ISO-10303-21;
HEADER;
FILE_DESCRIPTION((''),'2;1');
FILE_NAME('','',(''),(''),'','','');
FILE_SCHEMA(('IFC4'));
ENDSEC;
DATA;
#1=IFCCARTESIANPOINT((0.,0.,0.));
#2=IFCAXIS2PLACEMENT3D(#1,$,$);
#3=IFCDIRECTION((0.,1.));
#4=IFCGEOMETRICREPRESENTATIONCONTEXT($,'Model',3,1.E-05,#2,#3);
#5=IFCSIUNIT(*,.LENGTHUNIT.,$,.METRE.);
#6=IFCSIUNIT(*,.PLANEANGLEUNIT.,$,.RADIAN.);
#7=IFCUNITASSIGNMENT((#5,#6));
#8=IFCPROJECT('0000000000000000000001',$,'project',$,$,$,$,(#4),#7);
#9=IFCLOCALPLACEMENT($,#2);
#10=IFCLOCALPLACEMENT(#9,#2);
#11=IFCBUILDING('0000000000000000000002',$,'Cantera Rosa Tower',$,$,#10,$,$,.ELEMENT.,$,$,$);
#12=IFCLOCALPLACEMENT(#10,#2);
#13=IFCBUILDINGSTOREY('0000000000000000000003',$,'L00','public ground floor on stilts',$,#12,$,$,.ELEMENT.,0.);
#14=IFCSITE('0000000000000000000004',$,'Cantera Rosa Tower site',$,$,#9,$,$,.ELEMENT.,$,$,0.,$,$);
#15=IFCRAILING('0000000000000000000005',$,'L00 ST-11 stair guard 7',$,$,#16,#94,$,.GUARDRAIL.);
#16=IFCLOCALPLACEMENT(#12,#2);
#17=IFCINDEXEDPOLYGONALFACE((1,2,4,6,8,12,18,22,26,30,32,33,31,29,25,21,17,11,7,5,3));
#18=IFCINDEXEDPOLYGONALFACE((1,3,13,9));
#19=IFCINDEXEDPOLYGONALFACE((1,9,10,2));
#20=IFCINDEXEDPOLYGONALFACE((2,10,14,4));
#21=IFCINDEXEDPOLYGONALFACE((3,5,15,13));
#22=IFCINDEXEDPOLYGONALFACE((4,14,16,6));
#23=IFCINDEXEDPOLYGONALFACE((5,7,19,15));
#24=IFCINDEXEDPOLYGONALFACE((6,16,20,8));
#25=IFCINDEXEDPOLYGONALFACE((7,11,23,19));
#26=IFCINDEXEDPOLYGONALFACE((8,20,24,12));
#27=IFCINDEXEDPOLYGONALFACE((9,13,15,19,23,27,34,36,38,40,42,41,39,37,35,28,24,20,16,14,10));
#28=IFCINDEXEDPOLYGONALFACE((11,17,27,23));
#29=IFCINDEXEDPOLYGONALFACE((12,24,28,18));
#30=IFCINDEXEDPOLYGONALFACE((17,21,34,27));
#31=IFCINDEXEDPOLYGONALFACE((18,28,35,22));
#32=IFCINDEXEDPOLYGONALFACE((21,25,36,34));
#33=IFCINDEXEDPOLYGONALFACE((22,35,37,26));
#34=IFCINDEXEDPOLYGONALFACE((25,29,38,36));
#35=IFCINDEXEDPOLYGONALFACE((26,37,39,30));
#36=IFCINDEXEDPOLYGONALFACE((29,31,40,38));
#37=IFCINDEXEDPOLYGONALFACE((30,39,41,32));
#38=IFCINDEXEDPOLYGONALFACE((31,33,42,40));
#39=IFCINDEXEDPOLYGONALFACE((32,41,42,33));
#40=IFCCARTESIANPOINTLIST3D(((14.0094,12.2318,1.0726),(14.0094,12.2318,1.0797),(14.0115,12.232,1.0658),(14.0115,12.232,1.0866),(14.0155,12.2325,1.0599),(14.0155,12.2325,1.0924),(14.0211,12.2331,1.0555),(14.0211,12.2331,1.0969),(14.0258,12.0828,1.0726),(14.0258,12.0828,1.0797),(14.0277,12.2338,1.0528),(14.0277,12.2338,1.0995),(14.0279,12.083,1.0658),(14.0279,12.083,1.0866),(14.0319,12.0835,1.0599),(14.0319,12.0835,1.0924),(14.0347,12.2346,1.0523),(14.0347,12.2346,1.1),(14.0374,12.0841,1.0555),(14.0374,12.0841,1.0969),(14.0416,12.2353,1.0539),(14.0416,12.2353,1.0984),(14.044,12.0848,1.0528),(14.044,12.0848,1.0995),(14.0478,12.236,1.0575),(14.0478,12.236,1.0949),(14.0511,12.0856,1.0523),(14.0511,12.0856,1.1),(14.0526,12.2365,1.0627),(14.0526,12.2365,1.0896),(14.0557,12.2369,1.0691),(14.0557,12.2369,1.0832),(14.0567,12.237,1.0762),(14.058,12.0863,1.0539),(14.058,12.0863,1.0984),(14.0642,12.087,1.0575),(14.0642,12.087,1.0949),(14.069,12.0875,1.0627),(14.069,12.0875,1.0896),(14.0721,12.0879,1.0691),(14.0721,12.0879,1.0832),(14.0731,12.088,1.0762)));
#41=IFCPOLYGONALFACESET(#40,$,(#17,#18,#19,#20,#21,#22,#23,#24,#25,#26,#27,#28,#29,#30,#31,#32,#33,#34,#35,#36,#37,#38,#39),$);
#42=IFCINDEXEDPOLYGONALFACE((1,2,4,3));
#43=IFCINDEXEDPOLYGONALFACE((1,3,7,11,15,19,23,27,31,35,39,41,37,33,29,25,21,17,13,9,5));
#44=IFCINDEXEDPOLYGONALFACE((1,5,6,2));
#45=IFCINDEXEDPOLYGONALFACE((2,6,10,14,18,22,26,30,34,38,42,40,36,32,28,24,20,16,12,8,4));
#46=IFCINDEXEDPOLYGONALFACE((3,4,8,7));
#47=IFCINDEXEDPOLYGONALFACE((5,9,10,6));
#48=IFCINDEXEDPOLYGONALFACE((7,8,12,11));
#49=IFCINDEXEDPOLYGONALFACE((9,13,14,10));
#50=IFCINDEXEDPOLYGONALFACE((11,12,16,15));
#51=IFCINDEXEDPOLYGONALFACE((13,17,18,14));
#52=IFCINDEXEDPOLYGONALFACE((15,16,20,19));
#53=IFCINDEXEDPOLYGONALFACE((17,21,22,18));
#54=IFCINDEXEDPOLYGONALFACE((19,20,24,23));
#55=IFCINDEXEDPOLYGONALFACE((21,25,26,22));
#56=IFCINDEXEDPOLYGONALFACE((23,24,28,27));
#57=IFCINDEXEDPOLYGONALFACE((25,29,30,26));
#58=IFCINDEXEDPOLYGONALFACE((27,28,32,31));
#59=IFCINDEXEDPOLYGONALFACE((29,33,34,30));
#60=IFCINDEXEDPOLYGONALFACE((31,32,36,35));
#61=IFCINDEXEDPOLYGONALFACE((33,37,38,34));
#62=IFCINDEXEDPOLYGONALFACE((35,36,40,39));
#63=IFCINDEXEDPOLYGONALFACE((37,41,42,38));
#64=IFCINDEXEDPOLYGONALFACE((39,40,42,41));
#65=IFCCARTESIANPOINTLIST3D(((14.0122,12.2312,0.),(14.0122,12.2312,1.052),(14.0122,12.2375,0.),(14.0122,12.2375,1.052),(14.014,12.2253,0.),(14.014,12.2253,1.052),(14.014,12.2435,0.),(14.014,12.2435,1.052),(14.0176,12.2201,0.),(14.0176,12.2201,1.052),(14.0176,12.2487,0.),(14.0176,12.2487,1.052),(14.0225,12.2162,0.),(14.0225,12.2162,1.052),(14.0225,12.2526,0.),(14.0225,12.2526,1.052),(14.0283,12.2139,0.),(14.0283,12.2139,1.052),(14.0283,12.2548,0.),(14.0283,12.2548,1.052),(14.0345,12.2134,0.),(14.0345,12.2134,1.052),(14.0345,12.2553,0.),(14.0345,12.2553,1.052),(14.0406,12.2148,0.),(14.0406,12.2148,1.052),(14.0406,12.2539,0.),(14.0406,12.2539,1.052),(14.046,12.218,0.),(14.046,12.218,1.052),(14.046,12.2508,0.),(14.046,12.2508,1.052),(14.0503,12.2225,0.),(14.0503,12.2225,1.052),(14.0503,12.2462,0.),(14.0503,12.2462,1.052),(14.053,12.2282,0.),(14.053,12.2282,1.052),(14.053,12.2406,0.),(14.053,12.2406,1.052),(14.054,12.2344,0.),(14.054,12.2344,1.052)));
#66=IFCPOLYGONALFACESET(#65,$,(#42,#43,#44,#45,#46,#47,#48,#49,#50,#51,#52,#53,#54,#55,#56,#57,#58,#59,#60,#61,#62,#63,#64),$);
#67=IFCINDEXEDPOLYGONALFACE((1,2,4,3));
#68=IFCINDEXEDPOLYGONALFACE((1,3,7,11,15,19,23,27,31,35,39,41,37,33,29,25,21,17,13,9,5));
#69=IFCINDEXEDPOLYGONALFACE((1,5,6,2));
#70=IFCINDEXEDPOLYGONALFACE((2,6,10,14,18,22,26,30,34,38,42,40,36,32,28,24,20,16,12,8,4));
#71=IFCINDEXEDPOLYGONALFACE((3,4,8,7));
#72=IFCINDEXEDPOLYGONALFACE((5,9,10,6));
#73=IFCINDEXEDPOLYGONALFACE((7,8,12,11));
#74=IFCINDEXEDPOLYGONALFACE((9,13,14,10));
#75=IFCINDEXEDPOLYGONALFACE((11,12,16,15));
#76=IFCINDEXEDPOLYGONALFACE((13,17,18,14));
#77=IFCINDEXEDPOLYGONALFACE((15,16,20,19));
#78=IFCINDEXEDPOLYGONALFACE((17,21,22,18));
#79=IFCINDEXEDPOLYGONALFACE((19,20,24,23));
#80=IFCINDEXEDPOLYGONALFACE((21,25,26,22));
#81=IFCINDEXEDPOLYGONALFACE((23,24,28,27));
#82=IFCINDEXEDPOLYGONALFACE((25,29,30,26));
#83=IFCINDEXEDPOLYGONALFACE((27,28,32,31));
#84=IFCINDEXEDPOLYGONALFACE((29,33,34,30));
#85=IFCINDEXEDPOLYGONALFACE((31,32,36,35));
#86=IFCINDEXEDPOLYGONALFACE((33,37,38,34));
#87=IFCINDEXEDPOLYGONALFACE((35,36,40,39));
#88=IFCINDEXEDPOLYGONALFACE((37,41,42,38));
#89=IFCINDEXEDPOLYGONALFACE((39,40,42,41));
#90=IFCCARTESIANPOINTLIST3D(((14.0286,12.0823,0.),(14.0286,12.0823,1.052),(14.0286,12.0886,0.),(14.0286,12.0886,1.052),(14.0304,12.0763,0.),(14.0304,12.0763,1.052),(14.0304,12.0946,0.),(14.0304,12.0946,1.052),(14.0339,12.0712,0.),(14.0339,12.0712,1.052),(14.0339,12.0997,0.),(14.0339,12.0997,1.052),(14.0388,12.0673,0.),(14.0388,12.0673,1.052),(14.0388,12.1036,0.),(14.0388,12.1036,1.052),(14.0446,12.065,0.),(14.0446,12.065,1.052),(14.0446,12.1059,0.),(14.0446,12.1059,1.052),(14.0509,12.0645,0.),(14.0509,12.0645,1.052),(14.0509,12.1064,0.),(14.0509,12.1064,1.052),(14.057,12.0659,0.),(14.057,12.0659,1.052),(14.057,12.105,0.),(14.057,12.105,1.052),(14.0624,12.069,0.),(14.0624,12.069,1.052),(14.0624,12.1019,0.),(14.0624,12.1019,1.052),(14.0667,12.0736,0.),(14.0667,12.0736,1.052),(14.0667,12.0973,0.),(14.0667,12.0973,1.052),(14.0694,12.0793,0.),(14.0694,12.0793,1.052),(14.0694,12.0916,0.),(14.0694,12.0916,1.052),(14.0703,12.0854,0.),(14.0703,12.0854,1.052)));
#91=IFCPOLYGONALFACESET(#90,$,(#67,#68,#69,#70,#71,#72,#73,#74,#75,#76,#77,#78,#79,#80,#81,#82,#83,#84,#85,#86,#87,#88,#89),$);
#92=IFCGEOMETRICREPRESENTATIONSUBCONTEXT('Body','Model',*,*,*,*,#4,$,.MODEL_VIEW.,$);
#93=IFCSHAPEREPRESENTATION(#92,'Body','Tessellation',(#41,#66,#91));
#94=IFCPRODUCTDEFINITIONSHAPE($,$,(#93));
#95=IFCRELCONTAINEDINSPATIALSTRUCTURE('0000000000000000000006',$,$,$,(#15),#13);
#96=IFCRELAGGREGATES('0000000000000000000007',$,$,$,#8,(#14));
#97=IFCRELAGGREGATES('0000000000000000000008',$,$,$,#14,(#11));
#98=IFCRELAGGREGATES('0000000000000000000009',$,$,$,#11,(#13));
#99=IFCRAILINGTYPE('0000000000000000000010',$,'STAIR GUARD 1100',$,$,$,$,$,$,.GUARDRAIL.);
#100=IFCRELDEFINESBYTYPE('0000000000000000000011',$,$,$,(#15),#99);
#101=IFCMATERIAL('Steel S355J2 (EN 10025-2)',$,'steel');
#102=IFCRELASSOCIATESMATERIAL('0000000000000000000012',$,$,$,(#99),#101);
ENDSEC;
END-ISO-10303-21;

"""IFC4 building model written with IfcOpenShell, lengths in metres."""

from ifc_helpers import new_model, si_unit, direction, frame, origin, origin_2d, place, context, subcontext, project, spatial, circle, extrude, material, type_object, element, save


model = new_model("IFC4")

# Units and contexts
model_context = context("Model", 3, precision=1e-05, world=origin(), true_north=direction((0.0, 1.0)))
body_context = subcontext(model_context, "Body", "Model", "MODEL_VIEW")
ifc_project = project(units=[si_unit("LENGTHUNIT", "METRE"), si_unit("PLANEANGLEUNIT", "RADIAN")], contexts=[model_context])

# Site, building, storey
site_placement = place(None, origin())
site = spatial("IfcSite", under=ifc_project, at=site_placement, Name="Cantera Rosa Tower site", CompositionType="ELEMENT", RefElevation=0.0)
building_placement = place(site_placement, origin())
building = spatial("IfcBuilding", under=site, at=building_placement, Name="Cantera Rosa Tower", CompositionType="ELEMENT")
storey_placement = place(building_placement, origin())
storey = spatial("IfcBuildingStorey", under=building, at=storey_placement, Name="L00", Description="public ground floor on stilts", CompositionType="ELEMENT", Elevation=0.0)

# Railing
ifc_material_1 = material(Name="Steel S355J2 (EN 10025-2)", Category="steel")
railing_type_1 = type_object("IfcRailingType", Name="STAIR GUARD 1100", PredefinedType="GUARDRAIL", material=ifc_material_1)
railing_1_placement = place(storey_placement, frame((14.033, 12.2344, 0.0)))
element("IfcRailing", 1, at=railing_1_placement, inside=storey, type_object=railing_type_1, Name="L00 ST-11 stair guard 7", PredefinedType="GUARDRAIL", context=body_context, shape_type="SweptSolid", body=[
    extrude(circle(Radius=0.0239, at=origin_2d()), frame((0.0, 0.0, 1.0762), z_axis=(0.109179, -0.994022, 0.0), x_axis=(0.994022, 0.109179, 0.0)), (0.0, 0.0, 1.0), 0.1499),
    extrude(circle(Radius=0.021, at=origin_2d()), origin(), (0.0, 0.0, 1.0), 1.052),
    extrude(circle(Radius=0.021, at=origin_2d()), frame((0.0164, -0.1489, 0.0)), (0.0, 0.0, 1.0), 1.052),
])

save(model, "model.ifc")
